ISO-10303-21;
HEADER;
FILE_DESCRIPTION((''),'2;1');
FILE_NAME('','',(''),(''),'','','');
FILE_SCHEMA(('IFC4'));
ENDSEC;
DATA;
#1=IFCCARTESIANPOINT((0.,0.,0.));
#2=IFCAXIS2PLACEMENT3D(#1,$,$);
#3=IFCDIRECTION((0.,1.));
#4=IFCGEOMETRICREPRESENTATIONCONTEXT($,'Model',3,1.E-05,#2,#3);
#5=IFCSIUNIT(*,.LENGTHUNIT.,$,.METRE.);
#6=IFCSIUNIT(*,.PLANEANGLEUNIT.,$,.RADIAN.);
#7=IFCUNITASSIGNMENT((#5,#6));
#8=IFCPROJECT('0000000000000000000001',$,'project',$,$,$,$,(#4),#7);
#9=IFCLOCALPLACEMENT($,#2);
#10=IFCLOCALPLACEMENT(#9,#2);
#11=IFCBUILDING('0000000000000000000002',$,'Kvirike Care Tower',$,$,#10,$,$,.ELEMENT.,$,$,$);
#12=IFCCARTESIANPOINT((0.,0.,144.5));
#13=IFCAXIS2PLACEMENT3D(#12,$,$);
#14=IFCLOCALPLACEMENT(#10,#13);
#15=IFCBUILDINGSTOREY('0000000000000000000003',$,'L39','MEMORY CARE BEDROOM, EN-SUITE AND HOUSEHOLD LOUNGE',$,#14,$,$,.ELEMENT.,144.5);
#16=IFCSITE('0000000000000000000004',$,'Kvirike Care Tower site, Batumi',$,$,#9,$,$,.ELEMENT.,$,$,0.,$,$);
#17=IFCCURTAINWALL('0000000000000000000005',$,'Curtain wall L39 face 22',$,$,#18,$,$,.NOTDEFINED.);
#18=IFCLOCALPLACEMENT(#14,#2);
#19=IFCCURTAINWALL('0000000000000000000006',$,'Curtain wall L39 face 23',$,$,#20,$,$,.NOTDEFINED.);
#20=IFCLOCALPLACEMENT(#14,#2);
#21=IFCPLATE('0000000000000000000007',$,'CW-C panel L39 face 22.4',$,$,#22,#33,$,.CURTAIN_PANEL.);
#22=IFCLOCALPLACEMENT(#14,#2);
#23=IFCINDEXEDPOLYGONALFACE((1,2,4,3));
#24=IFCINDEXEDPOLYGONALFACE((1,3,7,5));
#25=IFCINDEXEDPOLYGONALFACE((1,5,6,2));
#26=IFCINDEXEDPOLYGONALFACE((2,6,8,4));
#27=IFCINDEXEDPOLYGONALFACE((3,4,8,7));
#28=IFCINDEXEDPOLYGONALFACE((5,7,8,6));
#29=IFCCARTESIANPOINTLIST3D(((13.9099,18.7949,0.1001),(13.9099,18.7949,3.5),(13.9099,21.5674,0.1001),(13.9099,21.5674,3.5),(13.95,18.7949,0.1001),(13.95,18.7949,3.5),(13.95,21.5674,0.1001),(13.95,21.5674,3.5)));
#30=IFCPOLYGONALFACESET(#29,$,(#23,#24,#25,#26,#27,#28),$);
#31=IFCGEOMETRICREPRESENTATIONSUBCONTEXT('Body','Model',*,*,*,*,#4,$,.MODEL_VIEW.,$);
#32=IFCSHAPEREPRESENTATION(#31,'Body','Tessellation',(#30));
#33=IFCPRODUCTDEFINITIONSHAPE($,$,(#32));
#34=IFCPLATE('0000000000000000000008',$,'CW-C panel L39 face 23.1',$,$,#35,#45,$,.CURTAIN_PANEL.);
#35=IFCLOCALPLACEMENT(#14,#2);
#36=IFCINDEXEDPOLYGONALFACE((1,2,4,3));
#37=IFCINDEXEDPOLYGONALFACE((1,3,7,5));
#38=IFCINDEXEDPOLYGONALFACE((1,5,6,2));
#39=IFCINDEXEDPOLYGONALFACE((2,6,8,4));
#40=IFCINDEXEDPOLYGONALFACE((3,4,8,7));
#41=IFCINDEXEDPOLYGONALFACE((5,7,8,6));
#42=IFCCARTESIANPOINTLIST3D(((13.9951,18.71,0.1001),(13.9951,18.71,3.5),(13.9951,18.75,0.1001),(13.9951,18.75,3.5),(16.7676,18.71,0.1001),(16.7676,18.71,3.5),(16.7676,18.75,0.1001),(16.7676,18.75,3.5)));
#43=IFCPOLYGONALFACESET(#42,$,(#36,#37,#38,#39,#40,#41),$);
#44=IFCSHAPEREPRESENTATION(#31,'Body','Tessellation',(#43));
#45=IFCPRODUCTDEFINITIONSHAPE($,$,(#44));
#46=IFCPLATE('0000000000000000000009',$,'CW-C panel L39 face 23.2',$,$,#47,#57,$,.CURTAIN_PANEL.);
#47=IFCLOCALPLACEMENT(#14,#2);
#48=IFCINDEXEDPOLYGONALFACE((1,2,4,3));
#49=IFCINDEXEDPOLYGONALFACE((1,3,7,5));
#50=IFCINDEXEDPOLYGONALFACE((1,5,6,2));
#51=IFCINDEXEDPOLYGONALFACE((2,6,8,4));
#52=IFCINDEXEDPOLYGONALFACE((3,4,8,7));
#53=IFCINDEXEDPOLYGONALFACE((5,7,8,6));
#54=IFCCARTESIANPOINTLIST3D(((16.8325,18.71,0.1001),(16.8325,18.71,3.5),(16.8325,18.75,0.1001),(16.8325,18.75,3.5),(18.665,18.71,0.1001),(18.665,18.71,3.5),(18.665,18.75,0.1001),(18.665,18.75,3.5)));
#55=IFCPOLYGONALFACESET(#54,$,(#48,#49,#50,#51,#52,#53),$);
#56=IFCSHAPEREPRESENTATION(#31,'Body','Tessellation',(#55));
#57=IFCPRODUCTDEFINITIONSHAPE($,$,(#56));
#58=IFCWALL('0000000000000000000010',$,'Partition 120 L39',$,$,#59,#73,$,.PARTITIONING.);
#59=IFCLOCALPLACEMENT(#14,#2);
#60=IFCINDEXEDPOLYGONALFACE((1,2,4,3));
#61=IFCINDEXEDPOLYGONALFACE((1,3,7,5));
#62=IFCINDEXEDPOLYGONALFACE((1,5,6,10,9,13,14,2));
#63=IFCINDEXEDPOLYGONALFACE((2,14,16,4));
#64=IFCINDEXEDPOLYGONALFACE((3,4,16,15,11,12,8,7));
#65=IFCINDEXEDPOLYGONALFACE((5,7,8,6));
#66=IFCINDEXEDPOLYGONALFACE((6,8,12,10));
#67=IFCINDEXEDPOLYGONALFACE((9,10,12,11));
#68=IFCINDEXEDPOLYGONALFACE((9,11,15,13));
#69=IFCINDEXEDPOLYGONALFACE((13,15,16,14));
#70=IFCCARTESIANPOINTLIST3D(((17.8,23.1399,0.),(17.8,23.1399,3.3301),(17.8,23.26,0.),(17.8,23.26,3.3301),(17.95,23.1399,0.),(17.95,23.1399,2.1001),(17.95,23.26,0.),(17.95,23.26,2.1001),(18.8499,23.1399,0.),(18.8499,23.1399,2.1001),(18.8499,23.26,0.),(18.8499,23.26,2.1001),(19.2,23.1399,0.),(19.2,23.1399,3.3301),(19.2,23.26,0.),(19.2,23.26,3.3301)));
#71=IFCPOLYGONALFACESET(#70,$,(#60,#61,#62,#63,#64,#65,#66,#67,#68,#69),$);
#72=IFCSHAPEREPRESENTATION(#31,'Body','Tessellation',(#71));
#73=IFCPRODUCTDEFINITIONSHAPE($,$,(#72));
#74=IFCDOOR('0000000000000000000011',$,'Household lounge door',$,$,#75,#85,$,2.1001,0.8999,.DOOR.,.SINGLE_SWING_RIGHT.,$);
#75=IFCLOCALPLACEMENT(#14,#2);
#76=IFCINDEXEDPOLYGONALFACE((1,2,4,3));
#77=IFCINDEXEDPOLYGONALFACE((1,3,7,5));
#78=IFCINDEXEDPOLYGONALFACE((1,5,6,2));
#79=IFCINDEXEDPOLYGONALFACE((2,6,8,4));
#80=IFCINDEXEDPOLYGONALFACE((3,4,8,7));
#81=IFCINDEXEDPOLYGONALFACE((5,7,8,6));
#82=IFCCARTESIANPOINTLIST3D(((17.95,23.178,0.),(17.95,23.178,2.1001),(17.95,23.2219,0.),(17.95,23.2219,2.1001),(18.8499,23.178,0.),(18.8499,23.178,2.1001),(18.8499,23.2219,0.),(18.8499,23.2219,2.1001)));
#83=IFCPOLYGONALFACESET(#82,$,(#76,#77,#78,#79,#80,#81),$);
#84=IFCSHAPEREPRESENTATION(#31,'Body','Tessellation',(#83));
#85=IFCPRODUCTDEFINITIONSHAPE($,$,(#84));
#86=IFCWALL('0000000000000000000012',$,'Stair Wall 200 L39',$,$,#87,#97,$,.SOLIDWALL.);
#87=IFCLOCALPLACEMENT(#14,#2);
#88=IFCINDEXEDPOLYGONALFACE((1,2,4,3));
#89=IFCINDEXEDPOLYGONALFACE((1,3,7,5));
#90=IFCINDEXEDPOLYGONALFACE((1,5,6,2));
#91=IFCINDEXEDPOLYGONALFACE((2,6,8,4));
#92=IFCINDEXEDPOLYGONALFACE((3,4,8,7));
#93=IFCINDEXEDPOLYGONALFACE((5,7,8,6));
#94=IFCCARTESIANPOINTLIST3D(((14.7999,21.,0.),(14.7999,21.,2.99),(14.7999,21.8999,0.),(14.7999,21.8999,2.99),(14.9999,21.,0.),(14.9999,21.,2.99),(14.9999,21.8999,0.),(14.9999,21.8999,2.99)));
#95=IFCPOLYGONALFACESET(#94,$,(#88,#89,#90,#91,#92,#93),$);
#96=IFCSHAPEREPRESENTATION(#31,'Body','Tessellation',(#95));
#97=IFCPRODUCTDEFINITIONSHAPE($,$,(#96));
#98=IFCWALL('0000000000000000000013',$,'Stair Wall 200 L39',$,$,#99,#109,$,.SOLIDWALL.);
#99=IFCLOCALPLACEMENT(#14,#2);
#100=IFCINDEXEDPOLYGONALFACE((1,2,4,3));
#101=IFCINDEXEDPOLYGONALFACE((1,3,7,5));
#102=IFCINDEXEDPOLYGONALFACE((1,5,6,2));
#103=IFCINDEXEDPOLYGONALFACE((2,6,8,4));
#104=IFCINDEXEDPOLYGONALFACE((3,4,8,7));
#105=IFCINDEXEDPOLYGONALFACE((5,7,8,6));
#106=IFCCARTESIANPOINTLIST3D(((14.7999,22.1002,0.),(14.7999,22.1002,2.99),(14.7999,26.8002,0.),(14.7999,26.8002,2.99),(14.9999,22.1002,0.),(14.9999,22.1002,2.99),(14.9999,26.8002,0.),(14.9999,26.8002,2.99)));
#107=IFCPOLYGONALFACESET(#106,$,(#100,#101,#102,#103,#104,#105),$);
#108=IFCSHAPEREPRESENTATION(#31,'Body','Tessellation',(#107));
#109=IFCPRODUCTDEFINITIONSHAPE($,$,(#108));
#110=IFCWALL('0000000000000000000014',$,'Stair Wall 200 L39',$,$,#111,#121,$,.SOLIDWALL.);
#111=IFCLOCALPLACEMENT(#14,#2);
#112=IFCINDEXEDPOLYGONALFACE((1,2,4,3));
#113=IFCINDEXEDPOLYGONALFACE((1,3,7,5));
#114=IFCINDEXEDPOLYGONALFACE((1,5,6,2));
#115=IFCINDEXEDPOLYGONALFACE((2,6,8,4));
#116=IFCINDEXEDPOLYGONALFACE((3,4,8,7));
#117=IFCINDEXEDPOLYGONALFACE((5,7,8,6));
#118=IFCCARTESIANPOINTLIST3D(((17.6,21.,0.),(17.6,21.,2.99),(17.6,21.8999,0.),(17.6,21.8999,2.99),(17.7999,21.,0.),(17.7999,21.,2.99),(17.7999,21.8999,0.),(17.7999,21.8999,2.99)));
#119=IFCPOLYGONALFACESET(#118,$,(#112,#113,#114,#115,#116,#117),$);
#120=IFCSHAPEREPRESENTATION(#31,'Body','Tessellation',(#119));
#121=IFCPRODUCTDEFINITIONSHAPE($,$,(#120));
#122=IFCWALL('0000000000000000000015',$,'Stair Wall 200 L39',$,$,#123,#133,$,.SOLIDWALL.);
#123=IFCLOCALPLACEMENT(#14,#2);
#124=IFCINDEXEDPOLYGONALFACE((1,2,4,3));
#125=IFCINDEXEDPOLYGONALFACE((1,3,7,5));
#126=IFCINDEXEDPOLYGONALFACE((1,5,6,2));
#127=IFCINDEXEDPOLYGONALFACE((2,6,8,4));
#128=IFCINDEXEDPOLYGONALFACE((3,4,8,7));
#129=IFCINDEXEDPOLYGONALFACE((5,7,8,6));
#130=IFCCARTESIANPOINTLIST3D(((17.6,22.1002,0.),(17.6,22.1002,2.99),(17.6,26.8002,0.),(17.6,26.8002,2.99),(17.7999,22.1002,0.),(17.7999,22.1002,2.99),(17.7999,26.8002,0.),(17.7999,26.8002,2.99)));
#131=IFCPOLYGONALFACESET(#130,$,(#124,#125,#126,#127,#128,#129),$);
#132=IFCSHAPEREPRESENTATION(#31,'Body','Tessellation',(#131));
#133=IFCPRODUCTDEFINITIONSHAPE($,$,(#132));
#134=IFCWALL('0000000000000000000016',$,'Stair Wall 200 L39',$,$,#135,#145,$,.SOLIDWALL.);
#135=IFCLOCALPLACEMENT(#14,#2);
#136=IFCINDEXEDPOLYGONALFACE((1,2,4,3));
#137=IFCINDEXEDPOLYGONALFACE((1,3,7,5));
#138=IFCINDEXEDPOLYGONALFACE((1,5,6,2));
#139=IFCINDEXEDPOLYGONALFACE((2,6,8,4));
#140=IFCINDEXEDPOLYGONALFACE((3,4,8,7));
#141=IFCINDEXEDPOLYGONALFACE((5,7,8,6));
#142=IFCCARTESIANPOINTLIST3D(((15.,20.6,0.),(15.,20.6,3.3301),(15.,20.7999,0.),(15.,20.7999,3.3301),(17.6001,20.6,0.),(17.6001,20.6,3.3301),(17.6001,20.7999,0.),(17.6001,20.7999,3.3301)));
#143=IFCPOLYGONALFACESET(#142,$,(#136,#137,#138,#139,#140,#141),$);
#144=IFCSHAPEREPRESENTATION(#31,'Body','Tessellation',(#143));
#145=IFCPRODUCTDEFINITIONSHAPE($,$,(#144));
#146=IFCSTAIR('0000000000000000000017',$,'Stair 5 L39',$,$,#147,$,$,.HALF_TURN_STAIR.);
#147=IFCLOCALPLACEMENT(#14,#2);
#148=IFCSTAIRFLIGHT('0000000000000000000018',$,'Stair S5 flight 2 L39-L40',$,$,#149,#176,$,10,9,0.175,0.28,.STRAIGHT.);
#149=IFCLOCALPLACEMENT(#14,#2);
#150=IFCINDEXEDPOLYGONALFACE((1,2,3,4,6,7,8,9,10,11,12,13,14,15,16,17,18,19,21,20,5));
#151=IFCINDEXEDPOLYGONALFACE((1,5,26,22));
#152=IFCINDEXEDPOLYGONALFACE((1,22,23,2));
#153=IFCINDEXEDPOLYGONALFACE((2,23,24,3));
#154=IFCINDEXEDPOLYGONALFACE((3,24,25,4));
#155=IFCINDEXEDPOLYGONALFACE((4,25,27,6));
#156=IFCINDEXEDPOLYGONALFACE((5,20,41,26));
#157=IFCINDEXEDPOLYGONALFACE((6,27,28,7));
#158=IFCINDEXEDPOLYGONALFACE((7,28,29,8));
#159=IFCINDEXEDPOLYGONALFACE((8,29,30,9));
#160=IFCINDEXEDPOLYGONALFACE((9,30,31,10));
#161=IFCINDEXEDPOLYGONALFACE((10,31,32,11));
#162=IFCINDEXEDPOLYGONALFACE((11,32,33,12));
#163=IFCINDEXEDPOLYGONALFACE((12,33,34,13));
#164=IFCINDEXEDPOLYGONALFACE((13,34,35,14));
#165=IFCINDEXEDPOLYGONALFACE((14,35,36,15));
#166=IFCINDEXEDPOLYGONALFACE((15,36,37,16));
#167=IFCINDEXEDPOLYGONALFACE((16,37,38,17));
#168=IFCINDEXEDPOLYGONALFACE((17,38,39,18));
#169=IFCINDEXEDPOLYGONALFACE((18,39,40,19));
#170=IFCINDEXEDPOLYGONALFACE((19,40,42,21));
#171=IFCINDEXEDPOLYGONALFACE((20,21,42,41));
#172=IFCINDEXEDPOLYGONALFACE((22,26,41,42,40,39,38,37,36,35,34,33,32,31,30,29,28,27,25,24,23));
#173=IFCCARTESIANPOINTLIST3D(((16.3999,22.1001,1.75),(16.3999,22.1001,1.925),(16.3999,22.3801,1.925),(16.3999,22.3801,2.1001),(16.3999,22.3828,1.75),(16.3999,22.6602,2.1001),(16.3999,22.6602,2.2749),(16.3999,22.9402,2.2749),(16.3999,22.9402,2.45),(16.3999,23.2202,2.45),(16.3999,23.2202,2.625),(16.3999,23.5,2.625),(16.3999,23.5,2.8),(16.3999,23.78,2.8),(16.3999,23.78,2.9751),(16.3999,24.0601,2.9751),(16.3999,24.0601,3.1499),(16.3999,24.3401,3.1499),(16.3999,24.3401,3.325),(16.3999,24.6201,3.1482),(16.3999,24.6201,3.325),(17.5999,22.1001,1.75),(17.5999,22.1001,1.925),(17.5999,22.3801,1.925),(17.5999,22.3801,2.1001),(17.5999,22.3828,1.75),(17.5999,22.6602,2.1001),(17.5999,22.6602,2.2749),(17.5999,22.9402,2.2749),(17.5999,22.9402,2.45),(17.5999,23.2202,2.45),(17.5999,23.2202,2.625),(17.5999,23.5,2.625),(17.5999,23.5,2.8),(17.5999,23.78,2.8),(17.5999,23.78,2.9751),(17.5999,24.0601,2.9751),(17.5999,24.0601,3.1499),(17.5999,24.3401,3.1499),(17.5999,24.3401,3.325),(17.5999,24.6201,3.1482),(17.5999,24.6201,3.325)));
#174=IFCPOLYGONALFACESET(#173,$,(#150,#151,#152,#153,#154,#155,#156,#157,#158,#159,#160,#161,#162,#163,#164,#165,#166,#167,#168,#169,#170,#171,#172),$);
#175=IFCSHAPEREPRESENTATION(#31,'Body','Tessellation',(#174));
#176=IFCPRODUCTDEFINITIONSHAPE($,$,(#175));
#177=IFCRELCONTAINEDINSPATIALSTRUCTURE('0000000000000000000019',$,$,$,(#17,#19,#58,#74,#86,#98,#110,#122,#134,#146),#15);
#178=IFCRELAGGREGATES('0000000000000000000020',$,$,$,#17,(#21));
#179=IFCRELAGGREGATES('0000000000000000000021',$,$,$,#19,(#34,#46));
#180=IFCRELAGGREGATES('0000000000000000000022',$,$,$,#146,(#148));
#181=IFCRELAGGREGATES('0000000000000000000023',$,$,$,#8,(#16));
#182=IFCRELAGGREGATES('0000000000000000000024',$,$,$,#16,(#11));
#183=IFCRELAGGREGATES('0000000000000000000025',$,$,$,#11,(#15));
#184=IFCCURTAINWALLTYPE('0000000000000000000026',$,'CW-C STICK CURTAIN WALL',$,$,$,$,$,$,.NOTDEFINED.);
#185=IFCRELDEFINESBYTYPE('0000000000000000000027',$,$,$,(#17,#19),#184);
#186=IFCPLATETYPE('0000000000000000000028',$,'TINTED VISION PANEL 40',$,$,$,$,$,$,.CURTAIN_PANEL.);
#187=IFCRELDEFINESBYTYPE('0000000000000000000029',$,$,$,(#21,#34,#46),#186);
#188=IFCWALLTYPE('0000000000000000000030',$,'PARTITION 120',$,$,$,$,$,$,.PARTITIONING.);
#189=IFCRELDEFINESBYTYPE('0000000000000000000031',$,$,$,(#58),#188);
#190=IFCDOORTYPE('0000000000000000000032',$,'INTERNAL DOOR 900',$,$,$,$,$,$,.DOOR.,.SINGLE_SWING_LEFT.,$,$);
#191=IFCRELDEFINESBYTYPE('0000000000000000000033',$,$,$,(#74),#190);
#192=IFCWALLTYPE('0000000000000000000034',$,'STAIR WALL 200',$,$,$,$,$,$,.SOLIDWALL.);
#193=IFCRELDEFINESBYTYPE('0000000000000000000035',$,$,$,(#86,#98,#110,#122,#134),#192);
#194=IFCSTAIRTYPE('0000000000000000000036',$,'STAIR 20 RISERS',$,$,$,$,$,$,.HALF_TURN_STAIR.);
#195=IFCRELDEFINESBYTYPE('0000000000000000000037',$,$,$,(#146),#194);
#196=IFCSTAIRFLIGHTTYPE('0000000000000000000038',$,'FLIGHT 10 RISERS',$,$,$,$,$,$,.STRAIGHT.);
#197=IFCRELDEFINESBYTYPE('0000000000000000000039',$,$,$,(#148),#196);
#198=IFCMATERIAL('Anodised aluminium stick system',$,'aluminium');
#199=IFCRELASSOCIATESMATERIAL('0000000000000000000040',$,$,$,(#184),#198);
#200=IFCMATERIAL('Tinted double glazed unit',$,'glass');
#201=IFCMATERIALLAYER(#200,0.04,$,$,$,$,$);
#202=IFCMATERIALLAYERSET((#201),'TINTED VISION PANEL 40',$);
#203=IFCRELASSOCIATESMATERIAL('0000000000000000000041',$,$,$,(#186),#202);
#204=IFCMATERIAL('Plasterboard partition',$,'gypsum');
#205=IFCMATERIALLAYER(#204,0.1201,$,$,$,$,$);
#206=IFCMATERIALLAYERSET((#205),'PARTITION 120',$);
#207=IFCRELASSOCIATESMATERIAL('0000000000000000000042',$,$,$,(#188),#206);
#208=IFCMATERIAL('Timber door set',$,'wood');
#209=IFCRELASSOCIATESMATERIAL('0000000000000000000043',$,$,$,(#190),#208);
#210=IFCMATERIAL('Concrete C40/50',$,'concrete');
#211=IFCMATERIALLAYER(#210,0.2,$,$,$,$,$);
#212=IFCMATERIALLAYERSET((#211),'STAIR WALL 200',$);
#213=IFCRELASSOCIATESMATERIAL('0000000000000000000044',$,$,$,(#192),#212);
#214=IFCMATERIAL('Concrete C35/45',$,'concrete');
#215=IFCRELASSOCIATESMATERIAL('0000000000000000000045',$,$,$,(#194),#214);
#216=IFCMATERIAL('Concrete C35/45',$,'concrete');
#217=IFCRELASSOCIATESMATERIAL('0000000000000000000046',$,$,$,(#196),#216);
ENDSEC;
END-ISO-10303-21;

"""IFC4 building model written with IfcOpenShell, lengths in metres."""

from ifc_helpers import new_model, si_unit, direction, frame, frame_2d, origin, origin_2d, place, context, subcontext, project, spatial, polyline, rectangle, outline, extrude, material, layer, layer_set, type_object, element, fill, aggregate, save


model = new_model("IFC4")

# Units and contexts
model_context = context("Model", 3, precision=1e-05, world=origin(), true_north=direction((0.0, 1.0)))
body_context = subcontext(model_context, "Body", "Model", "MODEL_VIEW")
ifc_project = project(units=[si_unit("LENGTHUNIT", "METRE"), si_unit("PLANEANGLEUNIT", "RADIAN")], contexts=[model_context])

# Site, building, storey
site_placement = place(None, origin())
site = spatial("IfcSite", under=ifc_project, at=site_placement, Name="Kvirike Care Tower site, Batumi", CompositionType="ELEMENT", RefElevation=0.0)
building_placement = place(site_placement, origin())
building = spatial("IfcBuilding", under=site, at=building_placement, Name="Kvirike Care Tower", CompositionType="ELEMENT")
storey_placement = place(building_placement, frame((0.0, 0.0, 144.5)))
storey = spatial("IfcBuildingStorey", under=building, at=storey_placement, Name="L39", Description="MEMORY CARE BEDROOM, EN-SUITE AND HOUSEHOLD LOUNGE", CompositionType="ELEMENT", Elevation=144.5)

# Curtain walls
ifc_material_1 = material(Name="Anodised aluminium stick system", Category="aluminium")
curtain_wall_type = type_object("IfcCurtainWallType", Name="CW-C STICK CURTAIN WALL", PredefinedType="NOTDEFINED", material=ifc_material_1)
curtain_wall_1_placement = place(storey_placement, origin())
curtain_wall_1 = element("IfcCurtainWall", 1, at=curtain_wall_1_placement, inside=storey, type_object=curtain_wall_type, Name="Curtain wall L39 face 22", PredefinedType="NOTDEFINED")
curtain_wall_2_placement = place(storey_placement, origin())
curtain_wall_2 = element("IfcCurtainWall", 2, at=curtain_wall_2_placement, inside=storey, type_object=curtain_wall_type, Name="Curtain wall L39 face 23", PredefinedType="NOTDEFINED")

# Plates
ifc_material_2 = material(Name="Tinted double glazed unit", Category="glass")
ifc_layer_1 = layer(ifc_material_2, 0.04)
ifc_layer_set_1 = layer_set([ifc_layer_1], Name="TINTED VISION PANEL 40")
plate_type = type_object("IfcPlateType", Name="TINTED VISION PANEL 40", PredefinedType="CURTAIN_PANEL", material=ifc_layer_set_1)
plate_1_placement = place(storey_placement, frame((13.9299, 20.1812, 0.1001), z_axis=(0.0, 0.0, 1.0), x_axis=(0.0, -1.0, 0.0)))
plate_1 = element("IfcPlate", 3, at=plate_1_placement, type_object=plate_type, Name="CW-C panel L39 face 22.4", PredefinedType="CURTAIN_PANEL", context=body_context, shape_type="SweptSolid", body=[
    extrude(rectangle(XDim=2.7725, YDim=0.04, at=origin_2d()), origin(), (0.0, 0.0, 1.0), 3.3999),
])
aggregate(curtain_wall_1, [plate_1])
plate_2_placement = place(storey_placement, frame((15.3813, 18.73, 0.1001), z_axis=(0.0, 0.0, 1.0), x_axis=(1.0, 0.0, 0.0)))
plate_2 = element("IfcPlate", 4, at=plate_2_placement, type_object=plate_type, Name="CW-C panel L39 face 23.1", PredefinedType="CURTAIN_PANEL", context=body_context, shape_type="SweptSolid", body=[
    extrude(rectangle(XDim=2.7725, YDim=0.04, at=origin_2d()), origin(), (0.0, 0.0, 1.0), 3.3999),
])
plate_3_placement = place(storey_placement, frame((17.7488, 18.73, 0.1001), z_axis=(0.0, 0.0, 1.0), x_axis=(1.0, 0.0, 0.0)))
plate_3 = element("IfcPlate", 5, at=plate_3_placement, type_object=plate_type, Name="CW-C panel L39 face 23.2", PredefinedType="CURTAIN_PANEL", context=body_context, shape_type="SweptSolid", body=[
    extrude(rectangle(XDim=1.8325, YDim=0.04, at=origin_2d()), origin(), (0.0, 0.0, 1.0), 3.3999),
])
aggregate(curtain_wall_2, [plate_2, plate_3])

# Wall, opening, door
ifc_material_3 = material(Name="Plasterboard partition", Category="gypsum")
ifc_layer_2 = layer(ifc_material_3, 0.1201)
ifc_layer_set_2 = layer_set([ifc_layer_2], Name="PARTITION 120")
wall_type_1 = type_object("IfcWallType", Name="PARTITION 120", PredefinedType="PARTITIONING", material=ifc_layer_set_2)
wall_1_placement = place(storey_placement, frame((17.8, 23.2, 0.0), z_axis=(0.0, 0.0, 1.0), x_axis=(1.0, 0.0, 0.0)))
wall_1 = element("IfcWall", 6, at=wall_1_placement, inside=storey, type_object=wall_type_1, Name="Partition 120 L39", PredefinedType="PARTITIONING", context=body_context, shape_type="SweptSolid", body=[
    extrude(rectangle(XDim=1.3999, YDim=0.1201, at=frame_2d((0.7, 0.0))), origin(), (0.0, 0.0, 1.0), 3.3301),
])
opening_placement = place(wall_1_placement, frame((0.1499, 0.0, 0.0)))
opening = element("IfcOpeningElement", 7, at=opening_placement, cuts=wall_1, PredefinedType="OPENING", context=body_context, shape_type="SweptSolid", body=[
    extrude(rectangle(XDim=0.8999, YDim=2.1001, at=frame_2d((0.45, 1.05))), frame((0.0, 0.0706, 0.0), z_axis=(0.0, -1.0, 0.0), x_axis=(1.0, 0.0, 0.0)), (0.0, 0.0, 1.0), 0.1411),
])
ifc_material_4 = material(Name="Timber door set", Category="wood")
door_type = type_object("IfcDoorType", Name="INTERNAL DOOR 900", OperationType="SINGLE_SWING_LEFT", PredefinedType="DOOR", material=ifc_material_4)
door_placement = place(opening_placement, origin())
door = element("IfcDoor", 8, at=door_placement, inside=storey, type_object=door_type, Name="Household lounge door", OperationType="SINGLE_SWING_RIGHT", OverallHeight=2.1001, OverallWidth=0.8999, PredefinedType="DOOR", context=body_context, shape_type="SweptSolid", body=[
    extrude(rectangle(XDim=0.8999, YDim=2.1001, at=frame_2d((0.45, 1.05))), frame((0.0, 0.022, 0.0), z_axis=(0.0, -1.0, 0.0), x_axis=(1.0, 0.0, 0.0)), (0.0, 0.0, 1.0), 0.0439),
])
fill(opening, door)

# Walls
ifc_material_5 = material(Name="Concrete C40/50", Category="concrete")
ifc_layer_3 = layer(ifc_material_5, 0.2)
ifc_layer_set_3 = layer_set([ifc_layer_3], Name="STAIR WALL 200")
wall_type_2 = type_object("IfcWallType", Name="STAIR WALL 200", PredefinedType="SOLIDWALL", material=ifc_layer_set_3)
wall_2_placement = place(storey_placement, frame((14.8999, 21.0, 0.0), z_axis=(0.0, 0.0, 1.0), x_axis=(0.0, 1.0, 0.0)))
element("IfcWall", 9, at=wall_2_placement, inside=storey, type_object=wall_type_2, Name="Stair Wall 200 L39", PredefinedType="SOLIDWALL", context=body_context, shape_type="SweptSolid", body=[
    extrude(rectangle(XDim=0.8999, YDim=0.2, at=frame_2d((0.45, 0.0))), origin(), (0.0, 0.0, 1.0), 2.99),
])
wall_3_placement = place(storey_placement, frame((14.8999, 22.1001, 0.0), z_axis=(0.0, 0.0, 1.0), x_axis=(0.0, 1.0, 0.0)))
element("IfcWall", 10, at=wall_3_placement, inside=storey, type_object=wall_type_2, Name="Stair Wall 200 L39", PredefinedType="SOLIDWALL", context=body_context, shape_type="SweptSolid", body=[
    extrude(rectangle(XDim=4.7, YDim=0.2, at=frame_2d((2.3501, 0.0))), origin(), (0.0, 0.0, 1.0), 2.99),
])
wall_4_placement = place(storey_placement, frame((17.7, 21.0, 0.0), z_axis=(0.0, 0.0, 1.0), x_axis=(0.0, 1.0, 0.0)))
element("IfcWall", 11, at=wall_4_placement, inside=storey, type_object=wall_type_2, Name="Stair Wall 200 L39", PredefinedType="SOLIDWALL", context=body_context, shape_type="SweptSolid", body=[
    extrude(rectangle(XDim=0.8999, YDim=0.2, at=frame_2d((0.45, 0.0))), origin(), (0.0, 0.0, 1.0), 2.99),
])
wall_5_placement = place(storey_placement, frame((17.7, 22.1001, 0.0), z_axis=(0.0, 0.0, 1.0), x_axis=(0.0, 1.0, 0.0)))
element("IfcWall", 12, at=wall_5_placement, inside=storey, type_object=wall_type_2, Name="Stair Wall 200 L39", PredefinedType="SOLIDWALL", context=body_context, shape_type="SweptSolid", body=[
    extrude(rectangle(XDim=4.7, YDim=0.2, at=frame_2d((2.3501, 0.0))), origin(), (0.0, 0.0, 1.0), 2.99),
])
wall_6_placement = place(storey_placement, frame((15.0, 20.7, 0.0), z_axis=(0.0, 0.0, 1.0), x_axis=(1.0, 0.0, 0.0)))
element("IfcWall", 13, at=wall_6_placement, inside=storey, type_object=wall_type_2, Name="Stair Wall 200 L39", PredefinedType="SOLIDWALL", context=body_context, shape_type="SweptSolid", body=[
    extrude(rectangle(XDim=2.6001, YDim=0.2, at=frame_2d((1.3, 0.0))), origin(), (0.0, 0.0, 1.0), 3.3301),
])

# Stair, stair flight
ifc_material_6 = material(Name="Concrete C35/45", Category="concrete")
stair_type = type_object("IfcStairType", Name="STAIR 20 RISERS", PredefinedType="HALF_TURN_STAIR", material=ifc_material_6)
stair_placement = place(storey_placement, origin())
stair = element("IfcStair", 14, at=stair_placement, inside=storey, type_object=stair_type, Name="Stair 5 L39", PredefinedType="HALF_TURN_STAIR")
ifc_material_7 = material(Name="Concrete C35/45", Category="concrete")
stair_flight_type = type_object("IfcStairFlightType", Name="FLIGHT 10 RISERS", PredefinedType="STRAIGHT", material=ifc_material_7)
stair_flight_placement = place(storey_placement, frame((17.0, 22.1001, 1.75), z_axis=(0.0, 0.0, 1.0), x_axis=(0.0, 1.0, 0.0)))
stair_flight = element("IfcStairFlight", 15, at=stair_flight_placement, type_object=stair_flight_type, Name="Stair S5 flight 2 L39-L40", NumberOfRisers=10, NumberOfTreads=9, PredefinedType="STRAIGHT", RiserHeight=0.175, TreadLength=0.28, context=body_context, shape_type="SweptSolid", body=[
    extrude(outline(polyline([(0.0, 0.0), (0.0, 0.175), (0.28, 0.175), (0.28, 0.3501), (0.5601, 0.3501), (0.5601, 0.5249), (0.8401, 0.5249), (0.8401, 0.7), (1.1201, 0.7), (1.1201, 0.875), (1.3999, 0.875), (1.3999, 1.05), (1.6799, 1.05), (1.6799, 1.2251), (1.96, 1.2251), (1.96, 1.3999), (2.24, 1.3999), (2.24, 1.575), (2.52, 1.575), (2.52, 1.75), (2.52, 1.3982), (0.2827, 0.0), (0.0, 0.0)])), frame((0.0, 0.6001, 0.0), z_axis=(0.0, -1.0, 0.0), x_axis=(1.0, 0.0, 0.0)), (0.0, 0.0, 1.0), 1.2),
])
aggregate(stair, [stair_flight])

save(model, "model.ifc")
